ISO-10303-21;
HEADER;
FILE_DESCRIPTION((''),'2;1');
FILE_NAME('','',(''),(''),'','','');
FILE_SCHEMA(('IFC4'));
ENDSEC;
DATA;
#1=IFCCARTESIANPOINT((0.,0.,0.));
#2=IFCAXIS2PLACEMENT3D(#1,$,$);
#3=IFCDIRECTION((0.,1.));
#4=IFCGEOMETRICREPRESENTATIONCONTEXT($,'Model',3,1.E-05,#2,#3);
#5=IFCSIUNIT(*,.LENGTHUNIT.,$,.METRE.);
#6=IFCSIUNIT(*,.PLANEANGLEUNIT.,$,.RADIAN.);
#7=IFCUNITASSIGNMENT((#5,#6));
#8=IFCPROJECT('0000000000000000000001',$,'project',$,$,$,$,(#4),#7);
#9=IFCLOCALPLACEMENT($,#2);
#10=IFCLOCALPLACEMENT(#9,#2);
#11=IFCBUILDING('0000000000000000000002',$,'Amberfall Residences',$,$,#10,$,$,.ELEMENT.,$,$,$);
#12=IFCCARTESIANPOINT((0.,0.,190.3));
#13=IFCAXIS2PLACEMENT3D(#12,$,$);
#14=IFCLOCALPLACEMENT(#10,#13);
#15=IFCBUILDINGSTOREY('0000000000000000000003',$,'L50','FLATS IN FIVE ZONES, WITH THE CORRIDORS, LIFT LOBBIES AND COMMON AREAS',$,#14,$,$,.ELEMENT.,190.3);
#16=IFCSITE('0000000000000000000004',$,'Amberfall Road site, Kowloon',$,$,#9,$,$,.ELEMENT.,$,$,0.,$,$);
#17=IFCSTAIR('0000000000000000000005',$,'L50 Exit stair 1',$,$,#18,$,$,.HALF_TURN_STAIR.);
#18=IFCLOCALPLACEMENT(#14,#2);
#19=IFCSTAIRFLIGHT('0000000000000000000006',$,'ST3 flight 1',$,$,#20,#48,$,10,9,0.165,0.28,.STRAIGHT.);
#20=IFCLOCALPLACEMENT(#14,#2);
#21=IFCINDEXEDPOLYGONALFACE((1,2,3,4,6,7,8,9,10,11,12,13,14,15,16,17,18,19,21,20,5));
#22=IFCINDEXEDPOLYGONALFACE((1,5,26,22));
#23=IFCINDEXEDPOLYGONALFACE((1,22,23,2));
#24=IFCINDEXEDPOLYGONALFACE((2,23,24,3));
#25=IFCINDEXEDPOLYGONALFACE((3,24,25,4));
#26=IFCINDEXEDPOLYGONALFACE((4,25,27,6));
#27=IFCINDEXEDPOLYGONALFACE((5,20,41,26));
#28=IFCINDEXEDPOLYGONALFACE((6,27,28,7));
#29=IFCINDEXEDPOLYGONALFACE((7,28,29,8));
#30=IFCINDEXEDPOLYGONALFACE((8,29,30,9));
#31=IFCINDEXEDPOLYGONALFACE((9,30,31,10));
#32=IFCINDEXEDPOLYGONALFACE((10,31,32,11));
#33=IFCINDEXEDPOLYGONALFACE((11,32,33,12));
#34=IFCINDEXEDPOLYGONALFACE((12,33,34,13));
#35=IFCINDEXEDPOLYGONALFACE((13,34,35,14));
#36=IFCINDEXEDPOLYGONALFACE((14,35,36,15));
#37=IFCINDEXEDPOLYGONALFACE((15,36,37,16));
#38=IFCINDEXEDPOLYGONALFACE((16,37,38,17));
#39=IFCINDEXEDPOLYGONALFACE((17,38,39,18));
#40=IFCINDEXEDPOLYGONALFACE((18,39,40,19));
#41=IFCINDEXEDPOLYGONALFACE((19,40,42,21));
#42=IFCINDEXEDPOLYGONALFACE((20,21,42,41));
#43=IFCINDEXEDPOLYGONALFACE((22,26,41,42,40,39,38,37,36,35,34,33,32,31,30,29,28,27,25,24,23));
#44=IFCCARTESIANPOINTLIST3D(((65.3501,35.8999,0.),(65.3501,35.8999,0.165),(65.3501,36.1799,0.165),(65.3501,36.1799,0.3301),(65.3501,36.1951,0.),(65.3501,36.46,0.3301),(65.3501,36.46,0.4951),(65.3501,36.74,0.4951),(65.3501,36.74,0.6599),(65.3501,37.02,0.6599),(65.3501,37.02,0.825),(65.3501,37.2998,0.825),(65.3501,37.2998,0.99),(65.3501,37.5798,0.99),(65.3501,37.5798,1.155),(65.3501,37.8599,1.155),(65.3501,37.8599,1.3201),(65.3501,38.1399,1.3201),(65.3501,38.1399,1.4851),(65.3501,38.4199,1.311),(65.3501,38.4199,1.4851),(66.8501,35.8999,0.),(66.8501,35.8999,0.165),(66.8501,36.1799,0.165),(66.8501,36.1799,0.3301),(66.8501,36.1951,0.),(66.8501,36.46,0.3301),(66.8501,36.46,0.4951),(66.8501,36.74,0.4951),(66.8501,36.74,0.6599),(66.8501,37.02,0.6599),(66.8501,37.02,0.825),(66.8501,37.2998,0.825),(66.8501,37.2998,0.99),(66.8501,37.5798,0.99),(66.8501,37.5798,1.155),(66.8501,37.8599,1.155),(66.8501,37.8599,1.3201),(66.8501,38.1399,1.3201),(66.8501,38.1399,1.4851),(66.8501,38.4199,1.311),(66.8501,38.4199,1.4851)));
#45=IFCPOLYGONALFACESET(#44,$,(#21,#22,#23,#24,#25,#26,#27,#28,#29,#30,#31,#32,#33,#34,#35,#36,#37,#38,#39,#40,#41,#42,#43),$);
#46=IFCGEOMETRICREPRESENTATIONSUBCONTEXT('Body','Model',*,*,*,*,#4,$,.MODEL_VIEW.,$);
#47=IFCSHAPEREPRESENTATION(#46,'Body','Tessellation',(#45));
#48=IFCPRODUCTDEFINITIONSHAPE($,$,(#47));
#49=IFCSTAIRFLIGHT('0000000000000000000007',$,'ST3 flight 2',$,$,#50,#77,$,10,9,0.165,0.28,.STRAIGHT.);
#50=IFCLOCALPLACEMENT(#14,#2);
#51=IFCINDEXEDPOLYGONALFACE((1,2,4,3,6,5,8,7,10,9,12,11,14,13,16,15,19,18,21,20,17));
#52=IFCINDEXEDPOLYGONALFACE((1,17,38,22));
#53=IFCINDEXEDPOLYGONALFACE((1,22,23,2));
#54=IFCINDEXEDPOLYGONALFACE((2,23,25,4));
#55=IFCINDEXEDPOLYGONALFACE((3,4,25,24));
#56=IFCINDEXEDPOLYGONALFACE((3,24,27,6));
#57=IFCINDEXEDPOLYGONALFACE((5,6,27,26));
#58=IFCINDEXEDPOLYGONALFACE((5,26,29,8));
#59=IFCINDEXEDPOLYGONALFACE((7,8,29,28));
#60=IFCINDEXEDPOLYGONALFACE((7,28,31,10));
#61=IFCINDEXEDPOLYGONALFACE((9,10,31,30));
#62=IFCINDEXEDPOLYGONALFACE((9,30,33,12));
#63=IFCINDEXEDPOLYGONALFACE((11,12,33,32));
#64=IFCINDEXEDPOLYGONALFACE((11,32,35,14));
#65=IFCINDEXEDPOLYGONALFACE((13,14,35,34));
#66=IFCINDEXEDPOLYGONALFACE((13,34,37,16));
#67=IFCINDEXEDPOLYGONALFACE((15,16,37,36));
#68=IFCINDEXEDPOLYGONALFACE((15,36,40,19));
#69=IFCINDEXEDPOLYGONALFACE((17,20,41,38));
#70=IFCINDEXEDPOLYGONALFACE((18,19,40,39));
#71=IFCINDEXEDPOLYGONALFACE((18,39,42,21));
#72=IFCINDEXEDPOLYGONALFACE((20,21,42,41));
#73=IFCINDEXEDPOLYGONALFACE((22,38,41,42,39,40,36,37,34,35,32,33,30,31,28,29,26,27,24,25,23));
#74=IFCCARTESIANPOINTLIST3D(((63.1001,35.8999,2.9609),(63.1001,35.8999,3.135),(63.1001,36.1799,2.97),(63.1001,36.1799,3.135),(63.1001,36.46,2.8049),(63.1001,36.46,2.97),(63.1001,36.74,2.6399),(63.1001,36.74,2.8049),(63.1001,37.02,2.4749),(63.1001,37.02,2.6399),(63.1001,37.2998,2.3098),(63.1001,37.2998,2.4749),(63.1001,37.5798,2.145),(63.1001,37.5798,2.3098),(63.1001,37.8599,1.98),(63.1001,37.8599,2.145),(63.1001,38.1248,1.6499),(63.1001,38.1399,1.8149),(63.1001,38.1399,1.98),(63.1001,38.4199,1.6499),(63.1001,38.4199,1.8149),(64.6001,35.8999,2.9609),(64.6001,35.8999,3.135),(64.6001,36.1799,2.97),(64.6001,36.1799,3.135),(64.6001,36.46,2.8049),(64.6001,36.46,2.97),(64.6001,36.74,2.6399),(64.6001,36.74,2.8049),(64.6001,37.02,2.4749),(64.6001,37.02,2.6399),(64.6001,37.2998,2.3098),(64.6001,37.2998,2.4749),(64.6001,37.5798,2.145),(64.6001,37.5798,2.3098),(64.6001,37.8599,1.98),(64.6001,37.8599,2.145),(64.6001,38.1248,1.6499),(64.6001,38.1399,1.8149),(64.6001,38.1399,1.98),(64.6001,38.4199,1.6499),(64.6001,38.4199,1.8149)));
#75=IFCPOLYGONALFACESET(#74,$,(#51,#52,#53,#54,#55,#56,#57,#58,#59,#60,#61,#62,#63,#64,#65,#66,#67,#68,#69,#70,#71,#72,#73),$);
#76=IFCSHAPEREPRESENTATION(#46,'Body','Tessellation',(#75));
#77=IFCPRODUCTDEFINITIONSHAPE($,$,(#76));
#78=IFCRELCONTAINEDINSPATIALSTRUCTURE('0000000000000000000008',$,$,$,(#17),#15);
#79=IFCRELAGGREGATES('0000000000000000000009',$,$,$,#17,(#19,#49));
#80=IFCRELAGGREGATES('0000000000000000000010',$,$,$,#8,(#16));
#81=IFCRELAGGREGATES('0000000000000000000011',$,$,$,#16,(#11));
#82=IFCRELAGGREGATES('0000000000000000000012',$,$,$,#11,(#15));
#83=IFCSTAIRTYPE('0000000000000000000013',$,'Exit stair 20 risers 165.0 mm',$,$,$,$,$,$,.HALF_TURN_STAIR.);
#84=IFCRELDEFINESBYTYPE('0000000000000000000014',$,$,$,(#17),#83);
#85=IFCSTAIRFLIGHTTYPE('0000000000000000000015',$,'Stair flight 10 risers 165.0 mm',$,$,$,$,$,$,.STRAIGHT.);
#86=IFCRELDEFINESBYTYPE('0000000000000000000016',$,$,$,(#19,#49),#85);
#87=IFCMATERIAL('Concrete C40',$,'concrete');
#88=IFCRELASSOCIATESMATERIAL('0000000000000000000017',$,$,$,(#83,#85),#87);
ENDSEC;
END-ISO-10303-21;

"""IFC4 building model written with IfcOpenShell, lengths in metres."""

from ifc_helpers import new_model, si_unit, direction, frame, origin, place, context, subcontext, project, spatial, polyline, outline, extrude, material, type_object, element, aggregate, save


model = new_model("IFC4")

# Units and contexts
model_context = context("Model", 3, precision=1e-05, world=origin(), true_north=direction((0.0, 1.0)))
body_context = subcontext(model_context, "Body", "Model", "MODEL_VIEW")
ifc_project = project(units=[si_unit("LENGTHUNIT", "METRE"), si_unit("PLANEANGLEUNIT", "RADIAN")], contexts=[model_context])

# Site, building, storey
site_placement = place(None, origin())
site = spatial("IfcSite", under=ifc_project, at=site_placement, Name="Amberfall Road site, Kowloon", CompositionType="ELEMENT", RefElevation=0.0)
building_placement = place(site_placement, origin())
building = spatial("IfcBuilding", under=site, at=building_placement, Name="Amberfall Residences", CompositionType="ELEMENT")
storey_placement = place(building_placement, frame((0.0, 0.0, 190.3)))
storey = spatial("IfcBuildingStorey", under=building, at=storey_placement, Name="L50", Description="FLATS IN FIVE ZONES, WITH THE CORRIDORS, LIFT LOBBIES AND COMMON AREAS", CompositionType="ELEMENT", Elevation=190.3)

# Stair, stair flights
ifc_material_1 = material(Name="Concrete C40", Category="concrete")
stair_type = type_object("IfcStairType", Name="Exit stair 20 risers 165.0 mm", PredefinedType="HALF_TURN_STAIR", material=ifc_material_1)
stair_placement = place(storey_placement, origin())
stair = element("IfcStair", 1, at=stair_placement, inside=storey, type_object=stair_type, Name="L50 Exit stair 1", PredefinedType="HALF_TURN_STAIR")
stair_flight_type = type_object("IfcStairFlightType", Name="Stair flight 10 risers 165.0 mm", PredefinedType="STRAIGHT", material=ifc_material_1)
stair_flight_1_placement = place(storey_placement, frame((66.1001, 35.8999, 0.0), z_axis=(0.0, 0.0, 1.0), x_axis=(0.0, 1.0, 0.0)))
stair_flight_1 = element("IfcStairFlight", 2, at=stair_flight_1_placement, type_object=stair_flight_type, Name="ST3 flight 1", NumberOfRisers=10, NumberOfTreads=9, PredefinedType="STRAIGHT", RiserHeight=0.165, TreadLength=0.28, context=body_context, shape_type="SweptSolid", body=[
    extrude(outline(polyline([(0.0, 0.0), (0.0, 0.165), (0.28, 0.165), (0.28, 0.3301), (0.5601, 0.3301), (0.5601, 0.4951), (0.8401, 0.4951), (0.8401, 0.6599), (1.1201, 0.6599), (1.1201, 0.825), (1.3999, 0.825), (1.3999, 0.99), (1.6799, 0.99), (1.6799, 1.155), (1.96, 1.155), (1.96, 1.3201), (2.24, 1.3201), (2.24, 1.4851), (2.52, 1.4851), (2.52, 1.6499), (2.52, 1.311), (0.2952, 0.0), (0.0, 0.0)])), frame((0.0, 0.75, 0.0), z_axis=(0.0, -1.0, 0.0), x_axis=(1.0, 0.0, 0.0)), (0.0, 0.0, 1.0), 1.5),
])
stair_flight_2_placement = place(storey_placement, frame((63.8501, 38.4199, 1.6499), z_axis=(0.0, 0.0, 1.0), x_axis=(0.0, -1.0, 0.0)))
stair_flight_2 = element("IfcStairFlight", 3, at=stair_flight_2_placement, type_object=stair_flight_type, Name="ST3 flight 2", NumberOfRisers=10, NumberOfTreads=9, PredefinedType="STRAIGHT", RiserHeight=0.165, TreadLength=0.28, context=body_context, shape_type="SweptSolid", body=[
    extrude(outline(polyline([(0.0, 0.0), (0.0, 0.165), (0.28, 0.165), (0.28, 0.3301), (0.5601, 0.3301), (0.5601, 0.4951), (0.8401, 0.4951), (0.8401, 0.6599), (1.1201, 0.6599), (1.1201, 0.825), (1.3999, 0.825), (1.3999, 0.99), (1.6799, 0.99), (1.6799, 1.155), (1.96, 1.155), (1.96, 1.3201), (2.24, 1.3201), (2.24, 1.4851), (2.52, 1.4851), (2.52, 1.6499), (2.52, 1.311), (0.2952, 0.0), (0.0, 0.0)])), frame((0.0, 0.75, 0.0), z_axis=(0.0, -1.0, 0.0), x_axis=(1.0, 0.0, 0.0)), (0.0, 0.0, 1.0), 1.5),
])
aggregate(stair, [stair_flight_1, stair_flight_2])

save(model, "model.ifc")
